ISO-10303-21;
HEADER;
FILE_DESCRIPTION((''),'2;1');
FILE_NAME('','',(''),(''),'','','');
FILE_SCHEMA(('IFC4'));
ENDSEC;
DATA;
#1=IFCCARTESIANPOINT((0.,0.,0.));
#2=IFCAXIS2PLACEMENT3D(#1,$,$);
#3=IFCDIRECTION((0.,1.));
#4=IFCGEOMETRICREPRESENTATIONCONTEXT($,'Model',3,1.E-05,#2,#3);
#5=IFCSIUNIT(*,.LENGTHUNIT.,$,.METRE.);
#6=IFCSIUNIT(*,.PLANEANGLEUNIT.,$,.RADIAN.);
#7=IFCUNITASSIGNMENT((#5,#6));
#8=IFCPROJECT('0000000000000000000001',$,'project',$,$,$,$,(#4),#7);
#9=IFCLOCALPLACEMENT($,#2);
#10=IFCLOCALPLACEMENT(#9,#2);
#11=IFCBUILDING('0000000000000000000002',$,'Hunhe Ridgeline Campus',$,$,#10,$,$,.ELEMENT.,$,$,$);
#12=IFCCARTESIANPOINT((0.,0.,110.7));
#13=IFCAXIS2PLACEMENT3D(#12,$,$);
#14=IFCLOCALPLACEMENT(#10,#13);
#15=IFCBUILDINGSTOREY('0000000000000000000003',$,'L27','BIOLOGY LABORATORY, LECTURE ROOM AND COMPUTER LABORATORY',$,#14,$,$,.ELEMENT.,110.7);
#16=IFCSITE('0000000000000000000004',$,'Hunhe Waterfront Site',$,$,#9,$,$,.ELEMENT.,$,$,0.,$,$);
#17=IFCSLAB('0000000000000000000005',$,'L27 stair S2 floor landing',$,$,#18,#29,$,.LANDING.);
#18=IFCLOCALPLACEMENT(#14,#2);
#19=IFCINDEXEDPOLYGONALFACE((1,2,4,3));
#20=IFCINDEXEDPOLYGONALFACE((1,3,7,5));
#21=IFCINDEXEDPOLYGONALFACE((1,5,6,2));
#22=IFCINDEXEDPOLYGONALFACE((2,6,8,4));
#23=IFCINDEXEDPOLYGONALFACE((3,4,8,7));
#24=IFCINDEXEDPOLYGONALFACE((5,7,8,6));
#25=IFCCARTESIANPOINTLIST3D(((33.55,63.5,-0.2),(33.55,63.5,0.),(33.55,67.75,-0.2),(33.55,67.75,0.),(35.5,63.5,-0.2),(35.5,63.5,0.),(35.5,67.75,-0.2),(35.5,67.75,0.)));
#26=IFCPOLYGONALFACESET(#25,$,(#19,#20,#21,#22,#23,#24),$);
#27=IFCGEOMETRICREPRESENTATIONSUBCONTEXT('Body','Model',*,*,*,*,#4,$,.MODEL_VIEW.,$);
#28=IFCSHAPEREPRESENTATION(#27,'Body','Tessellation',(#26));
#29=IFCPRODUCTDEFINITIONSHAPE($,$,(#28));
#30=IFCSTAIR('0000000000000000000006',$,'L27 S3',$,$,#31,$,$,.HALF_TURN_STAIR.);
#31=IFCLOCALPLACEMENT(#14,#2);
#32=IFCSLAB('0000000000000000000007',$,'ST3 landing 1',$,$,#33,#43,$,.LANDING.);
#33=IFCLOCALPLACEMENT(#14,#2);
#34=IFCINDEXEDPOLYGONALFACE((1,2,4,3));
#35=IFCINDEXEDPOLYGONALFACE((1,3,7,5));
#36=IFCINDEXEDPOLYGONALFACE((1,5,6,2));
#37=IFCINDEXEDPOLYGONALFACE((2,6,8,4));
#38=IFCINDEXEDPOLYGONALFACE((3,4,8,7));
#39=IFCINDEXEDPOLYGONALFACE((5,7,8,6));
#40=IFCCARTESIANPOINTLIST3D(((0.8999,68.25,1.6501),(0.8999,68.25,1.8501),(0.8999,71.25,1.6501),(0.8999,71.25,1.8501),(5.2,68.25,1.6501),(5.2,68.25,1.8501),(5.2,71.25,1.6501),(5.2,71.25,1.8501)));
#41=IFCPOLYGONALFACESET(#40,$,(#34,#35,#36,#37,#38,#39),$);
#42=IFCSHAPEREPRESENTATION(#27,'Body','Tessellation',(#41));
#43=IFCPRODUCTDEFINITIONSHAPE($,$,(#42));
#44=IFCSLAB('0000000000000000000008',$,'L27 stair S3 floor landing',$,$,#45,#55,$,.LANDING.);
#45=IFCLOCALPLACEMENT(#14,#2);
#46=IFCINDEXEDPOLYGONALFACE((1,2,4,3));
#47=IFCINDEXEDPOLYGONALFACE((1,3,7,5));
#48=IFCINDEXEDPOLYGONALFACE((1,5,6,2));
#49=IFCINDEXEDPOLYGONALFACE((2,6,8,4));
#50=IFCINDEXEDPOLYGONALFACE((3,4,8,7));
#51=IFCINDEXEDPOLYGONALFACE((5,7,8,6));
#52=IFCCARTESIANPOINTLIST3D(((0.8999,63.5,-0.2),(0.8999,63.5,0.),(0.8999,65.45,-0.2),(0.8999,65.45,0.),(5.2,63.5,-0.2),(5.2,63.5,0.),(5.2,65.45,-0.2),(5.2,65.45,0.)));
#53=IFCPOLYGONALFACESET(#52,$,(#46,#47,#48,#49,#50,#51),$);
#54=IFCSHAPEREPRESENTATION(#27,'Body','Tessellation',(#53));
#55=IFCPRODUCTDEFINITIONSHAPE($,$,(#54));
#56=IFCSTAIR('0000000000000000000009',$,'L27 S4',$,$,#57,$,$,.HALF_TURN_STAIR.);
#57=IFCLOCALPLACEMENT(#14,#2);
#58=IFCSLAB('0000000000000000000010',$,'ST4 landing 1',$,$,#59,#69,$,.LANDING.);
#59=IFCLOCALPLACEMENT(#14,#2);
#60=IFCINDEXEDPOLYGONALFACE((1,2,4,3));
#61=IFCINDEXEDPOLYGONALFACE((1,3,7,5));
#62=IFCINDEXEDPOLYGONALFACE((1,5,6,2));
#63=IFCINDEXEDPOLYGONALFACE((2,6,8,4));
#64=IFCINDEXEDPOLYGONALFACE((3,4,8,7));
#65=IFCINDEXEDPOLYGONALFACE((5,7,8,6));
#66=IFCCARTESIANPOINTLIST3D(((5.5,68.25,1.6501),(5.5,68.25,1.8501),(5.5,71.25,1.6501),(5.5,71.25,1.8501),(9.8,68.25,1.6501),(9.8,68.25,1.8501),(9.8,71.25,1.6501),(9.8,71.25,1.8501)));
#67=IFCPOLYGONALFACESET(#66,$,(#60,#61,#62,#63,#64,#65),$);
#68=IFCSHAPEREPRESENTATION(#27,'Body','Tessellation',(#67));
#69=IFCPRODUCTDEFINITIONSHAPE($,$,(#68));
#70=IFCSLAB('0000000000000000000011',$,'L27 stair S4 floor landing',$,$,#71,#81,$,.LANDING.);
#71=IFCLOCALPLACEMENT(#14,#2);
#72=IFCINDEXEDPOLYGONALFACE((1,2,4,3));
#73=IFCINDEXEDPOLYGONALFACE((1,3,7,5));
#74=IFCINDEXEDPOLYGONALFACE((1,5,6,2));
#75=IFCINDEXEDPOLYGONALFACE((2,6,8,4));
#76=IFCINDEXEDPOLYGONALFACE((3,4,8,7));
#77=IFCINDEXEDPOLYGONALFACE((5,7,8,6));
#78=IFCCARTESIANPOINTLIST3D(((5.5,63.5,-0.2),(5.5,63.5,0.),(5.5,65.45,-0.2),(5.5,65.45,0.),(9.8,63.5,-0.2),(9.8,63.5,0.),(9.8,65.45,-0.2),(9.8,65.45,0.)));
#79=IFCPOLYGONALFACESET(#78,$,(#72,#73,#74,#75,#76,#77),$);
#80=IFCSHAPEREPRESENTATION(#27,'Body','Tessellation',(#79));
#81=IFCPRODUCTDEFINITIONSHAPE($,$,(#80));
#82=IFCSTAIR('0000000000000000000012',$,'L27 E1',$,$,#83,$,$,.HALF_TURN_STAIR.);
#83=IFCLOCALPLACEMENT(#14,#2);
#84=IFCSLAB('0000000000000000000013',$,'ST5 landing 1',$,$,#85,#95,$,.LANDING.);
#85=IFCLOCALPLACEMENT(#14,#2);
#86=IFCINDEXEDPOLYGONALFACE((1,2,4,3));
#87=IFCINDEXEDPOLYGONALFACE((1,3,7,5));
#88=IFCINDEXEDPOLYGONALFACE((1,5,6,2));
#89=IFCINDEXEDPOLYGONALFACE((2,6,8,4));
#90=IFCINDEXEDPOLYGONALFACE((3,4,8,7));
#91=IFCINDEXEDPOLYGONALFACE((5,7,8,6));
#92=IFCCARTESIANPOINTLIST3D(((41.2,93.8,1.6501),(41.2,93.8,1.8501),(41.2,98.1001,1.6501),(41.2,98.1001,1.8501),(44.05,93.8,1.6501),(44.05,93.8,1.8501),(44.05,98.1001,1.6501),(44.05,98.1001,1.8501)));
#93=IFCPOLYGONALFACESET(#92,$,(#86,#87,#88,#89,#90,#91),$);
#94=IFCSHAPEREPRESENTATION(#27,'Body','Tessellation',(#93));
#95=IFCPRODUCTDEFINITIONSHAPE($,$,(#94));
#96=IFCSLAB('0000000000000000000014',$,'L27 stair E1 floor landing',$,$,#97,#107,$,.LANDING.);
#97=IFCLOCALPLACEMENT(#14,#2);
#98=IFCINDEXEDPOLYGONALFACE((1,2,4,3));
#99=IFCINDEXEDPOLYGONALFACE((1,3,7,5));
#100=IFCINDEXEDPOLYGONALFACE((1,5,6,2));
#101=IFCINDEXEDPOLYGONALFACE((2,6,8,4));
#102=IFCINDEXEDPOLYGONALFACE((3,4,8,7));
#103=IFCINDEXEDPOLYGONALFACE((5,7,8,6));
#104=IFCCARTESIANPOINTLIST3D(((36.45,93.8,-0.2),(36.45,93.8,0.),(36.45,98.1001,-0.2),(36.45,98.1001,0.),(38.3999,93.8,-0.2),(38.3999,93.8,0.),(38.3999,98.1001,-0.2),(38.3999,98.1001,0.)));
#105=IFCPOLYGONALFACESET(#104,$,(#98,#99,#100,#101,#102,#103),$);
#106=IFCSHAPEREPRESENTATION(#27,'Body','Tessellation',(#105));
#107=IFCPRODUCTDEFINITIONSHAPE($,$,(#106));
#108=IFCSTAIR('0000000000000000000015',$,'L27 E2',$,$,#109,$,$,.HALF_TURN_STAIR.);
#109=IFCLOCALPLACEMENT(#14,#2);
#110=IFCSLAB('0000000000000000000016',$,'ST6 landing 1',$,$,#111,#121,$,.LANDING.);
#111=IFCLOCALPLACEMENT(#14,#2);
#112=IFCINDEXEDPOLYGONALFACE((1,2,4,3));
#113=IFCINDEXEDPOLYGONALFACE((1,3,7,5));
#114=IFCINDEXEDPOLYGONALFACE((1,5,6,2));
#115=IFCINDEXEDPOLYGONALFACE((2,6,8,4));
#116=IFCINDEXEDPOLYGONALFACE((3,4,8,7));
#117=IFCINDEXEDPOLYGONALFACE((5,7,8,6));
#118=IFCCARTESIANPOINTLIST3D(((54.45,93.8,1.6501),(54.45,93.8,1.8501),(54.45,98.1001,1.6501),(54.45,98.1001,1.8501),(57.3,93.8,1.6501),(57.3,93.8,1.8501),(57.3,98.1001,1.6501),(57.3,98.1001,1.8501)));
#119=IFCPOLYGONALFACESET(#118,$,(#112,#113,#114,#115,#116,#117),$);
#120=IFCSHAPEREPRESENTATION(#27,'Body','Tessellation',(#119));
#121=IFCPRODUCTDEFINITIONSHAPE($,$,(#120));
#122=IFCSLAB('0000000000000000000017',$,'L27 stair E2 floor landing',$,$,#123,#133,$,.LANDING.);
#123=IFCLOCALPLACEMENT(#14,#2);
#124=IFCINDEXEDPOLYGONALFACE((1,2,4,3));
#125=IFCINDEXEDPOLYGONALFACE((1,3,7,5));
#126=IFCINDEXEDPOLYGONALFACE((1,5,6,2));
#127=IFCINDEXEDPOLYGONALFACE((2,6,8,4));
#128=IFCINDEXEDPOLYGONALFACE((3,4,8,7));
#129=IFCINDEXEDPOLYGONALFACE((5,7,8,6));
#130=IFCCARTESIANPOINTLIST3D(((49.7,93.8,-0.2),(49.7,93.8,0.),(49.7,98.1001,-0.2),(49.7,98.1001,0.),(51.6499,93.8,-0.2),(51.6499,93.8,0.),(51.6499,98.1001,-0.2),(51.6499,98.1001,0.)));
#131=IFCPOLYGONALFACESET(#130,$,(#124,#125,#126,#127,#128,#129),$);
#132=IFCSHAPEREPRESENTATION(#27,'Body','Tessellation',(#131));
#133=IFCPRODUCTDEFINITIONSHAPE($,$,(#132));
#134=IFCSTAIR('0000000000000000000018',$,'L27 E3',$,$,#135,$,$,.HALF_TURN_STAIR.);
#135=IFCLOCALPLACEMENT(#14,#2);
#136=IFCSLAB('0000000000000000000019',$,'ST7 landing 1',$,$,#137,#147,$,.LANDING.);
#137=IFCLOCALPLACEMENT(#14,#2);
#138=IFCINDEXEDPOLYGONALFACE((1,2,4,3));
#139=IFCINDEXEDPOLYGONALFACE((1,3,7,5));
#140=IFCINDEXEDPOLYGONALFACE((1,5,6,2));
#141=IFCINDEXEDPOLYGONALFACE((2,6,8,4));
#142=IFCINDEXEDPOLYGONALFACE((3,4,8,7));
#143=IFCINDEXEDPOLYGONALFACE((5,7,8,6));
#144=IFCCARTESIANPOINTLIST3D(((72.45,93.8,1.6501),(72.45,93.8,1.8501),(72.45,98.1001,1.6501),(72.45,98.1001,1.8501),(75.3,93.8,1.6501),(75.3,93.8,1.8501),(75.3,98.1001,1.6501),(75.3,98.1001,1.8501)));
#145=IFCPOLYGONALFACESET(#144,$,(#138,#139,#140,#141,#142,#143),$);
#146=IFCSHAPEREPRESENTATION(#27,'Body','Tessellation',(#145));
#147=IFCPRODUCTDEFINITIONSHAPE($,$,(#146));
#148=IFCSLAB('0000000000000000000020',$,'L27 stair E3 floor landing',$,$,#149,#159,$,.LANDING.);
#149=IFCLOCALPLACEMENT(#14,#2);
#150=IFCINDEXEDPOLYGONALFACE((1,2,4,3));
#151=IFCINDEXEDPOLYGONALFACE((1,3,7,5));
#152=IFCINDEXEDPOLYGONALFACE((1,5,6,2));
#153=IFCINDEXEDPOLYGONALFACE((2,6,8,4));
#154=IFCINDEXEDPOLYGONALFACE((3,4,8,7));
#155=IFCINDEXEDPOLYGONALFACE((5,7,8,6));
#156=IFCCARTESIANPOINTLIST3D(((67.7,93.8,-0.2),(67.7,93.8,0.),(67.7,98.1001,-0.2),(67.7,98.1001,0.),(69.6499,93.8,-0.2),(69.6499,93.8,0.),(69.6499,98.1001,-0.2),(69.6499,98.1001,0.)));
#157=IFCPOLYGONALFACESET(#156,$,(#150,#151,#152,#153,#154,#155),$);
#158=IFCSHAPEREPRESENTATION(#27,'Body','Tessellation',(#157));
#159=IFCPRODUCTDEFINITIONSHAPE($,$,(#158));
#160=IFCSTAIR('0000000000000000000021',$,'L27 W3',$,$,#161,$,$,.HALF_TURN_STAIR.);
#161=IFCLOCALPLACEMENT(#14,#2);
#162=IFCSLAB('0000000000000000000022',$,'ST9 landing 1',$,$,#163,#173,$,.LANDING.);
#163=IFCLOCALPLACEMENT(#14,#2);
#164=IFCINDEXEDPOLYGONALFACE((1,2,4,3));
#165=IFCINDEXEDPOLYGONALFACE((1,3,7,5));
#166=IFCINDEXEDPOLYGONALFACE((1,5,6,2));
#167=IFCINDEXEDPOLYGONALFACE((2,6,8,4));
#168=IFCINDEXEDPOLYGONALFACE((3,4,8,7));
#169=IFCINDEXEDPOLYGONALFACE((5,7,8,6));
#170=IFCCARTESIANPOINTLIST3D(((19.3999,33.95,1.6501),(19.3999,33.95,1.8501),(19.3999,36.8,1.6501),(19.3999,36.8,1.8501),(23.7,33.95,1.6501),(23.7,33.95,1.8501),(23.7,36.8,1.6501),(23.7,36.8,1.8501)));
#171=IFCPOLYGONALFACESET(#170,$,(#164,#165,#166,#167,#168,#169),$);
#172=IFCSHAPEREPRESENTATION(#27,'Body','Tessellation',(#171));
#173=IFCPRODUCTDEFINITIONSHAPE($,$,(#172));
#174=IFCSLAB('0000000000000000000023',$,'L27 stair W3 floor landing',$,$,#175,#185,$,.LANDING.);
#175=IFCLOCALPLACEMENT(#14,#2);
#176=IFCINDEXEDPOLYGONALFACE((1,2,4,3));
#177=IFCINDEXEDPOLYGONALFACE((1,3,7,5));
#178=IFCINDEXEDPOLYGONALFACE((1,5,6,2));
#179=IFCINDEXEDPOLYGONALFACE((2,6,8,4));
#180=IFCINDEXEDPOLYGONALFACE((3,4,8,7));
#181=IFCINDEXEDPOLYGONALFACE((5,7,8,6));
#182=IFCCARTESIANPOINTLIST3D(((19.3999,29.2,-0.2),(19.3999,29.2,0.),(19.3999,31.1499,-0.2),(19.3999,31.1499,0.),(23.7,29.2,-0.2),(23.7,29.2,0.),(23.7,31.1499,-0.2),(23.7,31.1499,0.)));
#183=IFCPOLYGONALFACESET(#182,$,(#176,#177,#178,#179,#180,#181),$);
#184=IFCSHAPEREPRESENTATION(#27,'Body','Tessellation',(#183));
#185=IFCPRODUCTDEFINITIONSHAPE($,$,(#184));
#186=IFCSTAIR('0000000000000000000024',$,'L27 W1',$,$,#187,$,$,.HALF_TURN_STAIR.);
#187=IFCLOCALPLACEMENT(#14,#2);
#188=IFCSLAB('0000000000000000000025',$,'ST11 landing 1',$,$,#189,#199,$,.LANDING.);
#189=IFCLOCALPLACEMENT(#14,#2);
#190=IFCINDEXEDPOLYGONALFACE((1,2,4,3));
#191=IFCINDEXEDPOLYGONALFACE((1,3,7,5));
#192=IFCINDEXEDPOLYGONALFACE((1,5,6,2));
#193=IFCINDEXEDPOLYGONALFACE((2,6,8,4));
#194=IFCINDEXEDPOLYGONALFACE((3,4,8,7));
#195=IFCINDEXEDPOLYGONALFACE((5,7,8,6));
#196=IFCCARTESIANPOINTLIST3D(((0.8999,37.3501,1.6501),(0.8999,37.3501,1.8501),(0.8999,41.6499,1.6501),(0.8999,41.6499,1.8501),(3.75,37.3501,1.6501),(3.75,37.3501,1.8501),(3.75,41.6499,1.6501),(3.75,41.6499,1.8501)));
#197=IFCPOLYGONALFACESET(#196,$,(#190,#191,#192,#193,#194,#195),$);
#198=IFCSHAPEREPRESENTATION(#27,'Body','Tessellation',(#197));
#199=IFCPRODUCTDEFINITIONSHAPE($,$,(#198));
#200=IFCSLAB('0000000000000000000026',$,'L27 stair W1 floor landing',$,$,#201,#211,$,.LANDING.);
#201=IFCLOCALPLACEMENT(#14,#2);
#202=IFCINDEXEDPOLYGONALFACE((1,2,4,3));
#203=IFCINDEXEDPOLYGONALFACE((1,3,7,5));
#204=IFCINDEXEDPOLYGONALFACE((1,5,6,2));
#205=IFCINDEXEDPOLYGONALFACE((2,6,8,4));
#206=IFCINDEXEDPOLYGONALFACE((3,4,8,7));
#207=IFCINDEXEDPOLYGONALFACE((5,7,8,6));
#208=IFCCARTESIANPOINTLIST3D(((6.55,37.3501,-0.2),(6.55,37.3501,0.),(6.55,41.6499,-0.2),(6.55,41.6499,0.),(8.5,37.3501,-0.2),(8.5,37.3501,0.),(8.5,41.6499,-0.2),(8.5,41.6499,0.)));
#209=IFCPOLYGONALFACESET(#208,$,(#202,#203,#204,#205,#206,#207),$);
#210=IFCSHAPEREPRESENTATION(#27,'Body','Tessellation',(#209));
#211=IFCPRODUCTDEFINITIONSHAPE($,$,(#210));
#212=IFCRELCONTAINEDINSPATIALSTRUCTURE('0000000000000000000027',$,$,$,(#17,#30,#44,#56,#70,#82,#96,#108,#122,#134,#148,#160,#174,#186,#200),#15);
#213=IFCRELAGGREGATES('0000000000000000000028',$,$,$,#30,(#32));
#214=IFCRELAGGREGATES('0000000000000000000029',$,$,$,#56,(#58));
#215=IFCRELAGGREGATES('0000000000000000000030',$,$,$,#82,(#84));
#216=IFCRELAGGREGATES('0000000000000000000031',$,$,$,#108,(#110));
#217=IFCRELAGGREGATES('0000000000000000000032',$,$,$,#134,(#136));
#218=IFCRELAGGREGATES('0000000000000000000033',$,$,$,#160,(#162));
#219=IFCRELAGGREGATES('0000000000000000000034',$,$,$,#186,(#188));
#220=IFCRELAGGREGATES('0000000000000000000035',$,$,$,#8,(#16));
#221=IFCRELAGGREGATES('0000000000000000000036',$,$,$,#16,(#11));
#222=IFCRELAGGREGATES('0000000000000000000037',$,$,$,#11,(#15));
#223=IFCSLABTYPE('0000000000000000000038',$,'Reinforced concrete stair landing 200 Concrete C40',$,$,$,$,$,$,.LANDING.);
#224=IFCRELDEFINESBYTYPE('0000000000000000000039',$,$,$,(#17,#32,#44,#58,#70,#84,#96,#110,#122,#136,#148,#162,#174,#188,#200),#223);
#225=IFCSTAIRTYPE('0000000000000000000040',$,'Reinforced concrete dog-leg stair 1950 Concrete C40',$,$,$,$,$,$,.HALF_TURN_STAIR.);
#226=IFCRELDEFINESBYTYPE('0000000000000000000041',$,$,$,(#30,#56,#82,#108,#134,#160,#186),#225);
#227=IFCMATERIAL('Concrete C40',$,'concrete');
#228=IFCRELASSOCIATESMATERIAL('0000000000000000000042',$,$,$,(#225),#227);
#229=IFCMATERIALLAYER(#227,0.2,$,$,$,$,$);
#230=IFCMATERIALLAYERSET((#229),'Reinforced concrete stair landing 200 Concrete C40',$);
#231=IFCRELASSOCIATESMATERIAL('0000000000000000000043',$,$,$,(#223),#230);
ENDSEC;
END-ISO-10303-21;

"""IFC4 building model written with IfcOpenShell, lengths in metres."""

from ifc_helpers import new_model, si_unit, direction, frame, origin, place, context, subcontext, project, spatial, polyline, outline, extrude, material, layer, layer_set, type_object, element, aggregate, save


model = new_model("IFC4")

# Units and contexts
model_context = context("Model", 3, precision=1e-05, world=origin(), true_north=direction((0.0, 1.0)))
body_context = subcontext(model_context, "Body", "Model", "MODEL_VIEW")
ifc_project = project(units=[si_unit("LENGTHUNIT", "METRE"), si_unit("PLANEANGLEUNIT", "RADIAN")], contexts=[model_context])

# Site, building, storey
site_placement = place(None, origin())
site = spatial("IfcSite", under=ifc_project, at=site_placement, Name="Hunhe Waterfront Site", CompositionType="ELEMENT", RefElevation=0.0)
building_placement = place(site_placement, origin())
building = spatial("IfcBuilding", under=site, at=building_placement, Name="Hunhe Ridgeline Campus", CompositionType="ELEMENT")
storey_placement = place(building_placement, frame((0.0, 0.0, 110.7)))
storey = spatial("IfcBuildingStorey", under=building, at=storey_placement, Name="L27", Description="BIOLOGY LABORATORY, LECTURE ROOM AND COMPUTER LABORATORY", CompositionType="ELEMENT", Elevation=110.7)

# Shared definitions
ifc_material_1 = material(Name="Concrete C40", Category="concrete")

# Shared definitions
stair_type = type_object("IfcStairType", Name="Reinforced concrete dog-leg stair 1950 Concrete C40", PredefinedType="HALF_TURN_STAIR", material=ifc_material_1)
ifc_layer_1 = layer(ifc_material_1, 0.2)
ifc_layer_set_1 = layer_set([ifc_layer_1], Name="Reinforced concrete stair landing 200 Concrete C40")
slab_type_1 = type_object("IfcSlabType", Name="Reinforced concrete stair landing 200 Concrete C40", PredefinedType="LANDING", material=ifc_layer_set_1)

# Slab
slab_1_placement = place(storey_placement, frame((0.0, 0.0, -0.2)))
element("IfcSlab", 1, at=slab_1_placement, inside=storey, type_object=slab_type_1, Name="L27 stair S2 floor landing", PredefinedType="LANDING", context=body_context, shape_type="SweptSolid", body=[
    extrude(outline(polyline([(35.5, 67.75), (33.55, 67.75), (33.55, 63.5), (35.5, 63.5), (35.5, 67.75)])), origin(), (0.0, 0.0, 1.0), 0.2),
])

# Stair, slab
stair_1_placement = place(storey_placement, origin())
stair_1 = element("IfcStair", 2, at=stair_1_placement, inside=storey, type_object=stair_type, Name="L27 S3", PredefinedType="HALF_TURN_STAIR")
slab_2_placement = place(storey_placement, frame((0.0, 0.0, 1.6501)))
slab_2 = element("IfcSlab", 3, at=slab_2_placement, type_object=slab_type_1, Name="ST3 landing 1", PredefinedType="LANDING", context=body_context, shape_type="SweptSolid", body=[
    extrude(outline(polyline([(5.2, 68.25), (5.2, 71.25), (0.8999, 71.25), (0.8999, 68.25), (5.2, 68.25)])), origin(), (0.0, 0.0, 1.0), 0.2),
])
aggregate(stair_1, [slab_2])

# Slab
slab_3_placement = place(storey_placement, frame((0.0, 0.0, -0.2)))
element("IfcSlab", 4, at=slab_3_placement, inside=storey, type_object=slab_type_1, Name="L27 stair S3 floor landing", PredefinedType="LANDING", context=body_context, shape_type="SweptSolid", body=[
    extrude(outline(polyline([(5.2, 63.5), (5.2, 65.45), (0.8999, 65.45), (0.8999, 63.5), (5.2, 63.5)])), origin(), (0.0, 0.0, 1.0), 0.2),
])

# Stair, slab
stair_2_placement = place(storey_placement, origin())
stair_2 = element("IfcStair", 5, at=stair_2_placement, inside=storey, type_object=stair_type, Name="L27 S4", PredefinedType="HALF_TURN_STAIR")
slab_4_placement = place(storey_placement, frame((0.0, 0.0, 1.6501)))
slab_4 = element("IfcSlab", 6, at=slab_4_placement, type_object=slab_type_1, Name="ST4 landing 1", PredefinedType="LANDING", context=body_context, shape_type="SweptSolid", body=[
    extrude(outline(polyline([(9.8, 68.25), (9.8, 71.25), (5.5, 71.25), (5.5, 68.25), (9.8, 68.25)])), origin(), (0.0, 0.0, 1.0), 0.2),
])
aggregate(stair_2, [slab_4])

# Slab
slab_5_placement = place(storey_placement, frame((0.0, 0.0, -0.2)))
element("IfcSlab", 7, at=slab_5_placement, inside=storey, type_object=slab_type_1, Name="L27 stair S4 floor landing", PredefinedType="LANDING", context=body_context, shape_type="SweptSolid", body=[
    extrude(outline(polyline([(9.8, 63.5), (9.8, 65.45), (5.5, 65.45), (5.5, 63.5), (9.8, 63.5)])), origin(), (0.0, 0.0, 1.0), 0.2),
])

# Stair, slab
stair_3_placement = place(storey_placement, origin())
stair_3 = element("IfcStair", 8, at=stair_3_placement, inside=storey, type_object=stair_type, Name="L27 E1", PredefinedType="HALF_TURN_STAIR")
slab_6_placement = place(storey_placement, frame((0.0, 0.0, 1.6501)))
slab_6 = element("IfcSlab", 9, at=slab_6_placement, type_object=slab_type_1, Name="ST5 landing 1", PredefinedType="LANDING", context=body_context, shape_type="SweptSolid", body=[
    extrude(outline(polyline([(41.2, 93.8), (44.05, 93.8), (44.05, 98.1001), (41.2, 98.1001), (41.2, 93.8)])), origin(), (0.0, 0.0, 1.0), 0.2),
])
aggregate(stair_3, [slab_6])

# Slab
slab_7_placement = place(storey_placement, frame((0.0, 0.0, -0.2)))
element("IfcSlab", 10, at=slab_7_placement, inside=storey, type_object=slab_type_1, Name="L27 stair E1 floor landing", PredefinedType="LANDING", context=body_context, shape_type="SweptSolid", body=[
    extrude(outline(polyline([(36.45, 93.8), (38.3999, 93.8), (38.3999, 98.1001), (36.45, 98.1001), (36.45, 93.8)])), origin(), (0.0, 0.0, 1.0), 0.2),
])

# Stair, slab
stair_4_placement = place(storey_placement, origin())
stair_4 = element("IfcStair", 11, at=stair_4_placement, inside=storey, type_object=stair_type, Name="L27 E2", PredefinedType="HALF_TURN_STAIR")
slab_8_placement = place(storey_placement, frame((0.0, 0.0, 1.6501)))
slab_8 = element("IfcSlab", 12, at=slab_8_placement, type_object=slab_type_1, Name="ST6 landing 1", PredefinedType="LANDING", context=body_context, shape_type="SweptSolid", body=[
    extrude(outline(polyline([(54.45, 93.8), (57.3, 93.8), (57.3, 98.1001), (54.45, 98.1001), (54.45, 93.8)])), origin(), (0.0, 0.0, 1.0), 0.2),
])
aggregate(stair_4, [slab_8])

# Slab
slab_9_placement = place(storey_placement, frame((0.0, 0.0, -0.2)))
element("IfcSlab", 13, at=slab_9_placement, inside=storey, type_object=slab_type_1, Name="L27 stair E2 floor landing", PredefinedType="LANDING", context=body_context, shape_type="SweptSolid", body=[
    extrude(outline(polyline([(49.7, 93.8), (51.6499, 93.8), (51.6499, 98.1001), (49.7, 98.1001), (49.7, 93.8)])), origin(), (0.0, 0.0, 1.0), 0.2),
])

# Stair, slab
stair_5_placement = place(storey_placement, origin())
stair_5 = element("IfcStair", 14, at=stair_5_placement, inside=storey, type_object=stair_type, Name="L27 E3", PredefinedType="HALF_TURN_STAIR")
slab_10_placement = place(storey_placement, frame((0.0, 0.0, 1.6501)))
slab_10 = element("IfcSlab", 15, at=slab_10_placement, type_object=slab_type_1, Name="ST7 landing 1", PredefinedType="LANDING", context=body_context, shape_type="SweptSolid", body=[
    extrude(outline(polyline([(72.45, 93.8), (75.3, 93.8), (75.3, 98.1001), (72.45, 98.1001), (72.45, 93.8)])), origin(), (0.0, 0.0, 1.0), 0.2),
])
aggregate(stair_5, [slab_10])

# Slab
slab_11_placement = place(storey_placement, frame((0.0, 0.0, -0.2)))
element("IfcSlab", 16, at=slab_11_placement, inside=storey, type_object=slab_type_1, Name="L27 stair E3 floor landing", PredefinedType="LANDING", context=body_context, shape_type="SweptSolid", body=[
    extrude(outline(polyline([(67.7, 93.8), (69.6499, 93.8), (69.6499, 98.1001), (67.7, 98.1001), (67.7, 93.8)])), origin(), (0.0, 0.0, 1.0), 0.2),
])

# Stair, slab
stair_6_placement = place(storey_placement, origin())
stair_6 = element("IfcStair", 17, at=stair_6_placement, inside=storey, type_object=stair_type, Name="L27 W3", PredefinedType="HALF_TURN_STAIR")
slab_12_placement = place(storey_placement, frame((0.0, 0.0, 1.6501)))
slab_12 = element("IfcSlab", 18, at=slab_12_placement, type_object=slab_type_1, Name="ST9 landing 1", PredefinedType="LANDING", context=body_context, shape_type="SweptSolid", body=[
    extrude(outline(polyline([(23.7, 33.95), (23.7, 36.8), (19.3999, 36.8), (19.3999, 33.95), (23.7, 33.95)])), origin(), (0.0, 0.0, 1.0), 0.2),
])
aggregate(stair_6, [slab_12])

# Slab
slab_13_placement = place(storey_placement, frame((0.0, 0.0, -0.2)))
element("IfcSlab", 19, at=slab_13_placement, inside=storey, type_object=slab_type_1, Name="L27 stair W3 floor landing", PredefinedType="LANDING", context=body_context, shape_type="SweptSolid", body=[
    extrude(outline(polyline([(23.7, 29.2), (23.7, 31.1499), (19.3999, 31.1499), (19.3999, 29.2), (23.7, 29.2)])), origin(), (0.0, 0.0, 1.0), 0.2),
])

# Stair, slab
stair_7_placement = place(storey_placement, origin())
stair_7 = element("IfcStair", 20, at=stair_7_placement, inside=storey, type_object=stair_type, Name="L27 W1", PredefinedType="HALF_TURN_STAIR")
slab_14_placement = place(storey_placement, frame((0.0, 0.0, 1.6501)))
slab_14 = element("IfcSlab", 21, at=slab_14_placement, type_object=slab_type_1, Name="ST11 landing 1", PredefinedType="LANDING", context=body_context, shape_type="SweptSolid", body=[
    extrude(outline(polyline([(3.75, 41.6499), (0.8999, 41.6499), (0.8999, 37.3501), (3.75, 37.3501), (3.75, 41.6499)])), origin(), (0.0, 0.0, 1.0), 0.2),
])
aggregate(stair_7, [slab_14])

# Slab
slab_15_placement = place(storey_placement, frame((0.0, 0.0, -0.2)))
element("IfcSlab", 22, at=slab_15_placement, inside=storey, type_object=slab_type_1, Name="L27 stair W1 floor landing", PredefinedType="LANDING", context=body_context, shape_type="SweptSolid", body=[
    extrude(outline(polyline([(8.5, 41.6499), (6.55, 41.6499), (6.55, 37.3501), (8.5, 37.3501), (8.5, 41.6499)])), origin(), (0.0, 0.0, 1.0), 0.2),
])

save(model, "model.ifc")
